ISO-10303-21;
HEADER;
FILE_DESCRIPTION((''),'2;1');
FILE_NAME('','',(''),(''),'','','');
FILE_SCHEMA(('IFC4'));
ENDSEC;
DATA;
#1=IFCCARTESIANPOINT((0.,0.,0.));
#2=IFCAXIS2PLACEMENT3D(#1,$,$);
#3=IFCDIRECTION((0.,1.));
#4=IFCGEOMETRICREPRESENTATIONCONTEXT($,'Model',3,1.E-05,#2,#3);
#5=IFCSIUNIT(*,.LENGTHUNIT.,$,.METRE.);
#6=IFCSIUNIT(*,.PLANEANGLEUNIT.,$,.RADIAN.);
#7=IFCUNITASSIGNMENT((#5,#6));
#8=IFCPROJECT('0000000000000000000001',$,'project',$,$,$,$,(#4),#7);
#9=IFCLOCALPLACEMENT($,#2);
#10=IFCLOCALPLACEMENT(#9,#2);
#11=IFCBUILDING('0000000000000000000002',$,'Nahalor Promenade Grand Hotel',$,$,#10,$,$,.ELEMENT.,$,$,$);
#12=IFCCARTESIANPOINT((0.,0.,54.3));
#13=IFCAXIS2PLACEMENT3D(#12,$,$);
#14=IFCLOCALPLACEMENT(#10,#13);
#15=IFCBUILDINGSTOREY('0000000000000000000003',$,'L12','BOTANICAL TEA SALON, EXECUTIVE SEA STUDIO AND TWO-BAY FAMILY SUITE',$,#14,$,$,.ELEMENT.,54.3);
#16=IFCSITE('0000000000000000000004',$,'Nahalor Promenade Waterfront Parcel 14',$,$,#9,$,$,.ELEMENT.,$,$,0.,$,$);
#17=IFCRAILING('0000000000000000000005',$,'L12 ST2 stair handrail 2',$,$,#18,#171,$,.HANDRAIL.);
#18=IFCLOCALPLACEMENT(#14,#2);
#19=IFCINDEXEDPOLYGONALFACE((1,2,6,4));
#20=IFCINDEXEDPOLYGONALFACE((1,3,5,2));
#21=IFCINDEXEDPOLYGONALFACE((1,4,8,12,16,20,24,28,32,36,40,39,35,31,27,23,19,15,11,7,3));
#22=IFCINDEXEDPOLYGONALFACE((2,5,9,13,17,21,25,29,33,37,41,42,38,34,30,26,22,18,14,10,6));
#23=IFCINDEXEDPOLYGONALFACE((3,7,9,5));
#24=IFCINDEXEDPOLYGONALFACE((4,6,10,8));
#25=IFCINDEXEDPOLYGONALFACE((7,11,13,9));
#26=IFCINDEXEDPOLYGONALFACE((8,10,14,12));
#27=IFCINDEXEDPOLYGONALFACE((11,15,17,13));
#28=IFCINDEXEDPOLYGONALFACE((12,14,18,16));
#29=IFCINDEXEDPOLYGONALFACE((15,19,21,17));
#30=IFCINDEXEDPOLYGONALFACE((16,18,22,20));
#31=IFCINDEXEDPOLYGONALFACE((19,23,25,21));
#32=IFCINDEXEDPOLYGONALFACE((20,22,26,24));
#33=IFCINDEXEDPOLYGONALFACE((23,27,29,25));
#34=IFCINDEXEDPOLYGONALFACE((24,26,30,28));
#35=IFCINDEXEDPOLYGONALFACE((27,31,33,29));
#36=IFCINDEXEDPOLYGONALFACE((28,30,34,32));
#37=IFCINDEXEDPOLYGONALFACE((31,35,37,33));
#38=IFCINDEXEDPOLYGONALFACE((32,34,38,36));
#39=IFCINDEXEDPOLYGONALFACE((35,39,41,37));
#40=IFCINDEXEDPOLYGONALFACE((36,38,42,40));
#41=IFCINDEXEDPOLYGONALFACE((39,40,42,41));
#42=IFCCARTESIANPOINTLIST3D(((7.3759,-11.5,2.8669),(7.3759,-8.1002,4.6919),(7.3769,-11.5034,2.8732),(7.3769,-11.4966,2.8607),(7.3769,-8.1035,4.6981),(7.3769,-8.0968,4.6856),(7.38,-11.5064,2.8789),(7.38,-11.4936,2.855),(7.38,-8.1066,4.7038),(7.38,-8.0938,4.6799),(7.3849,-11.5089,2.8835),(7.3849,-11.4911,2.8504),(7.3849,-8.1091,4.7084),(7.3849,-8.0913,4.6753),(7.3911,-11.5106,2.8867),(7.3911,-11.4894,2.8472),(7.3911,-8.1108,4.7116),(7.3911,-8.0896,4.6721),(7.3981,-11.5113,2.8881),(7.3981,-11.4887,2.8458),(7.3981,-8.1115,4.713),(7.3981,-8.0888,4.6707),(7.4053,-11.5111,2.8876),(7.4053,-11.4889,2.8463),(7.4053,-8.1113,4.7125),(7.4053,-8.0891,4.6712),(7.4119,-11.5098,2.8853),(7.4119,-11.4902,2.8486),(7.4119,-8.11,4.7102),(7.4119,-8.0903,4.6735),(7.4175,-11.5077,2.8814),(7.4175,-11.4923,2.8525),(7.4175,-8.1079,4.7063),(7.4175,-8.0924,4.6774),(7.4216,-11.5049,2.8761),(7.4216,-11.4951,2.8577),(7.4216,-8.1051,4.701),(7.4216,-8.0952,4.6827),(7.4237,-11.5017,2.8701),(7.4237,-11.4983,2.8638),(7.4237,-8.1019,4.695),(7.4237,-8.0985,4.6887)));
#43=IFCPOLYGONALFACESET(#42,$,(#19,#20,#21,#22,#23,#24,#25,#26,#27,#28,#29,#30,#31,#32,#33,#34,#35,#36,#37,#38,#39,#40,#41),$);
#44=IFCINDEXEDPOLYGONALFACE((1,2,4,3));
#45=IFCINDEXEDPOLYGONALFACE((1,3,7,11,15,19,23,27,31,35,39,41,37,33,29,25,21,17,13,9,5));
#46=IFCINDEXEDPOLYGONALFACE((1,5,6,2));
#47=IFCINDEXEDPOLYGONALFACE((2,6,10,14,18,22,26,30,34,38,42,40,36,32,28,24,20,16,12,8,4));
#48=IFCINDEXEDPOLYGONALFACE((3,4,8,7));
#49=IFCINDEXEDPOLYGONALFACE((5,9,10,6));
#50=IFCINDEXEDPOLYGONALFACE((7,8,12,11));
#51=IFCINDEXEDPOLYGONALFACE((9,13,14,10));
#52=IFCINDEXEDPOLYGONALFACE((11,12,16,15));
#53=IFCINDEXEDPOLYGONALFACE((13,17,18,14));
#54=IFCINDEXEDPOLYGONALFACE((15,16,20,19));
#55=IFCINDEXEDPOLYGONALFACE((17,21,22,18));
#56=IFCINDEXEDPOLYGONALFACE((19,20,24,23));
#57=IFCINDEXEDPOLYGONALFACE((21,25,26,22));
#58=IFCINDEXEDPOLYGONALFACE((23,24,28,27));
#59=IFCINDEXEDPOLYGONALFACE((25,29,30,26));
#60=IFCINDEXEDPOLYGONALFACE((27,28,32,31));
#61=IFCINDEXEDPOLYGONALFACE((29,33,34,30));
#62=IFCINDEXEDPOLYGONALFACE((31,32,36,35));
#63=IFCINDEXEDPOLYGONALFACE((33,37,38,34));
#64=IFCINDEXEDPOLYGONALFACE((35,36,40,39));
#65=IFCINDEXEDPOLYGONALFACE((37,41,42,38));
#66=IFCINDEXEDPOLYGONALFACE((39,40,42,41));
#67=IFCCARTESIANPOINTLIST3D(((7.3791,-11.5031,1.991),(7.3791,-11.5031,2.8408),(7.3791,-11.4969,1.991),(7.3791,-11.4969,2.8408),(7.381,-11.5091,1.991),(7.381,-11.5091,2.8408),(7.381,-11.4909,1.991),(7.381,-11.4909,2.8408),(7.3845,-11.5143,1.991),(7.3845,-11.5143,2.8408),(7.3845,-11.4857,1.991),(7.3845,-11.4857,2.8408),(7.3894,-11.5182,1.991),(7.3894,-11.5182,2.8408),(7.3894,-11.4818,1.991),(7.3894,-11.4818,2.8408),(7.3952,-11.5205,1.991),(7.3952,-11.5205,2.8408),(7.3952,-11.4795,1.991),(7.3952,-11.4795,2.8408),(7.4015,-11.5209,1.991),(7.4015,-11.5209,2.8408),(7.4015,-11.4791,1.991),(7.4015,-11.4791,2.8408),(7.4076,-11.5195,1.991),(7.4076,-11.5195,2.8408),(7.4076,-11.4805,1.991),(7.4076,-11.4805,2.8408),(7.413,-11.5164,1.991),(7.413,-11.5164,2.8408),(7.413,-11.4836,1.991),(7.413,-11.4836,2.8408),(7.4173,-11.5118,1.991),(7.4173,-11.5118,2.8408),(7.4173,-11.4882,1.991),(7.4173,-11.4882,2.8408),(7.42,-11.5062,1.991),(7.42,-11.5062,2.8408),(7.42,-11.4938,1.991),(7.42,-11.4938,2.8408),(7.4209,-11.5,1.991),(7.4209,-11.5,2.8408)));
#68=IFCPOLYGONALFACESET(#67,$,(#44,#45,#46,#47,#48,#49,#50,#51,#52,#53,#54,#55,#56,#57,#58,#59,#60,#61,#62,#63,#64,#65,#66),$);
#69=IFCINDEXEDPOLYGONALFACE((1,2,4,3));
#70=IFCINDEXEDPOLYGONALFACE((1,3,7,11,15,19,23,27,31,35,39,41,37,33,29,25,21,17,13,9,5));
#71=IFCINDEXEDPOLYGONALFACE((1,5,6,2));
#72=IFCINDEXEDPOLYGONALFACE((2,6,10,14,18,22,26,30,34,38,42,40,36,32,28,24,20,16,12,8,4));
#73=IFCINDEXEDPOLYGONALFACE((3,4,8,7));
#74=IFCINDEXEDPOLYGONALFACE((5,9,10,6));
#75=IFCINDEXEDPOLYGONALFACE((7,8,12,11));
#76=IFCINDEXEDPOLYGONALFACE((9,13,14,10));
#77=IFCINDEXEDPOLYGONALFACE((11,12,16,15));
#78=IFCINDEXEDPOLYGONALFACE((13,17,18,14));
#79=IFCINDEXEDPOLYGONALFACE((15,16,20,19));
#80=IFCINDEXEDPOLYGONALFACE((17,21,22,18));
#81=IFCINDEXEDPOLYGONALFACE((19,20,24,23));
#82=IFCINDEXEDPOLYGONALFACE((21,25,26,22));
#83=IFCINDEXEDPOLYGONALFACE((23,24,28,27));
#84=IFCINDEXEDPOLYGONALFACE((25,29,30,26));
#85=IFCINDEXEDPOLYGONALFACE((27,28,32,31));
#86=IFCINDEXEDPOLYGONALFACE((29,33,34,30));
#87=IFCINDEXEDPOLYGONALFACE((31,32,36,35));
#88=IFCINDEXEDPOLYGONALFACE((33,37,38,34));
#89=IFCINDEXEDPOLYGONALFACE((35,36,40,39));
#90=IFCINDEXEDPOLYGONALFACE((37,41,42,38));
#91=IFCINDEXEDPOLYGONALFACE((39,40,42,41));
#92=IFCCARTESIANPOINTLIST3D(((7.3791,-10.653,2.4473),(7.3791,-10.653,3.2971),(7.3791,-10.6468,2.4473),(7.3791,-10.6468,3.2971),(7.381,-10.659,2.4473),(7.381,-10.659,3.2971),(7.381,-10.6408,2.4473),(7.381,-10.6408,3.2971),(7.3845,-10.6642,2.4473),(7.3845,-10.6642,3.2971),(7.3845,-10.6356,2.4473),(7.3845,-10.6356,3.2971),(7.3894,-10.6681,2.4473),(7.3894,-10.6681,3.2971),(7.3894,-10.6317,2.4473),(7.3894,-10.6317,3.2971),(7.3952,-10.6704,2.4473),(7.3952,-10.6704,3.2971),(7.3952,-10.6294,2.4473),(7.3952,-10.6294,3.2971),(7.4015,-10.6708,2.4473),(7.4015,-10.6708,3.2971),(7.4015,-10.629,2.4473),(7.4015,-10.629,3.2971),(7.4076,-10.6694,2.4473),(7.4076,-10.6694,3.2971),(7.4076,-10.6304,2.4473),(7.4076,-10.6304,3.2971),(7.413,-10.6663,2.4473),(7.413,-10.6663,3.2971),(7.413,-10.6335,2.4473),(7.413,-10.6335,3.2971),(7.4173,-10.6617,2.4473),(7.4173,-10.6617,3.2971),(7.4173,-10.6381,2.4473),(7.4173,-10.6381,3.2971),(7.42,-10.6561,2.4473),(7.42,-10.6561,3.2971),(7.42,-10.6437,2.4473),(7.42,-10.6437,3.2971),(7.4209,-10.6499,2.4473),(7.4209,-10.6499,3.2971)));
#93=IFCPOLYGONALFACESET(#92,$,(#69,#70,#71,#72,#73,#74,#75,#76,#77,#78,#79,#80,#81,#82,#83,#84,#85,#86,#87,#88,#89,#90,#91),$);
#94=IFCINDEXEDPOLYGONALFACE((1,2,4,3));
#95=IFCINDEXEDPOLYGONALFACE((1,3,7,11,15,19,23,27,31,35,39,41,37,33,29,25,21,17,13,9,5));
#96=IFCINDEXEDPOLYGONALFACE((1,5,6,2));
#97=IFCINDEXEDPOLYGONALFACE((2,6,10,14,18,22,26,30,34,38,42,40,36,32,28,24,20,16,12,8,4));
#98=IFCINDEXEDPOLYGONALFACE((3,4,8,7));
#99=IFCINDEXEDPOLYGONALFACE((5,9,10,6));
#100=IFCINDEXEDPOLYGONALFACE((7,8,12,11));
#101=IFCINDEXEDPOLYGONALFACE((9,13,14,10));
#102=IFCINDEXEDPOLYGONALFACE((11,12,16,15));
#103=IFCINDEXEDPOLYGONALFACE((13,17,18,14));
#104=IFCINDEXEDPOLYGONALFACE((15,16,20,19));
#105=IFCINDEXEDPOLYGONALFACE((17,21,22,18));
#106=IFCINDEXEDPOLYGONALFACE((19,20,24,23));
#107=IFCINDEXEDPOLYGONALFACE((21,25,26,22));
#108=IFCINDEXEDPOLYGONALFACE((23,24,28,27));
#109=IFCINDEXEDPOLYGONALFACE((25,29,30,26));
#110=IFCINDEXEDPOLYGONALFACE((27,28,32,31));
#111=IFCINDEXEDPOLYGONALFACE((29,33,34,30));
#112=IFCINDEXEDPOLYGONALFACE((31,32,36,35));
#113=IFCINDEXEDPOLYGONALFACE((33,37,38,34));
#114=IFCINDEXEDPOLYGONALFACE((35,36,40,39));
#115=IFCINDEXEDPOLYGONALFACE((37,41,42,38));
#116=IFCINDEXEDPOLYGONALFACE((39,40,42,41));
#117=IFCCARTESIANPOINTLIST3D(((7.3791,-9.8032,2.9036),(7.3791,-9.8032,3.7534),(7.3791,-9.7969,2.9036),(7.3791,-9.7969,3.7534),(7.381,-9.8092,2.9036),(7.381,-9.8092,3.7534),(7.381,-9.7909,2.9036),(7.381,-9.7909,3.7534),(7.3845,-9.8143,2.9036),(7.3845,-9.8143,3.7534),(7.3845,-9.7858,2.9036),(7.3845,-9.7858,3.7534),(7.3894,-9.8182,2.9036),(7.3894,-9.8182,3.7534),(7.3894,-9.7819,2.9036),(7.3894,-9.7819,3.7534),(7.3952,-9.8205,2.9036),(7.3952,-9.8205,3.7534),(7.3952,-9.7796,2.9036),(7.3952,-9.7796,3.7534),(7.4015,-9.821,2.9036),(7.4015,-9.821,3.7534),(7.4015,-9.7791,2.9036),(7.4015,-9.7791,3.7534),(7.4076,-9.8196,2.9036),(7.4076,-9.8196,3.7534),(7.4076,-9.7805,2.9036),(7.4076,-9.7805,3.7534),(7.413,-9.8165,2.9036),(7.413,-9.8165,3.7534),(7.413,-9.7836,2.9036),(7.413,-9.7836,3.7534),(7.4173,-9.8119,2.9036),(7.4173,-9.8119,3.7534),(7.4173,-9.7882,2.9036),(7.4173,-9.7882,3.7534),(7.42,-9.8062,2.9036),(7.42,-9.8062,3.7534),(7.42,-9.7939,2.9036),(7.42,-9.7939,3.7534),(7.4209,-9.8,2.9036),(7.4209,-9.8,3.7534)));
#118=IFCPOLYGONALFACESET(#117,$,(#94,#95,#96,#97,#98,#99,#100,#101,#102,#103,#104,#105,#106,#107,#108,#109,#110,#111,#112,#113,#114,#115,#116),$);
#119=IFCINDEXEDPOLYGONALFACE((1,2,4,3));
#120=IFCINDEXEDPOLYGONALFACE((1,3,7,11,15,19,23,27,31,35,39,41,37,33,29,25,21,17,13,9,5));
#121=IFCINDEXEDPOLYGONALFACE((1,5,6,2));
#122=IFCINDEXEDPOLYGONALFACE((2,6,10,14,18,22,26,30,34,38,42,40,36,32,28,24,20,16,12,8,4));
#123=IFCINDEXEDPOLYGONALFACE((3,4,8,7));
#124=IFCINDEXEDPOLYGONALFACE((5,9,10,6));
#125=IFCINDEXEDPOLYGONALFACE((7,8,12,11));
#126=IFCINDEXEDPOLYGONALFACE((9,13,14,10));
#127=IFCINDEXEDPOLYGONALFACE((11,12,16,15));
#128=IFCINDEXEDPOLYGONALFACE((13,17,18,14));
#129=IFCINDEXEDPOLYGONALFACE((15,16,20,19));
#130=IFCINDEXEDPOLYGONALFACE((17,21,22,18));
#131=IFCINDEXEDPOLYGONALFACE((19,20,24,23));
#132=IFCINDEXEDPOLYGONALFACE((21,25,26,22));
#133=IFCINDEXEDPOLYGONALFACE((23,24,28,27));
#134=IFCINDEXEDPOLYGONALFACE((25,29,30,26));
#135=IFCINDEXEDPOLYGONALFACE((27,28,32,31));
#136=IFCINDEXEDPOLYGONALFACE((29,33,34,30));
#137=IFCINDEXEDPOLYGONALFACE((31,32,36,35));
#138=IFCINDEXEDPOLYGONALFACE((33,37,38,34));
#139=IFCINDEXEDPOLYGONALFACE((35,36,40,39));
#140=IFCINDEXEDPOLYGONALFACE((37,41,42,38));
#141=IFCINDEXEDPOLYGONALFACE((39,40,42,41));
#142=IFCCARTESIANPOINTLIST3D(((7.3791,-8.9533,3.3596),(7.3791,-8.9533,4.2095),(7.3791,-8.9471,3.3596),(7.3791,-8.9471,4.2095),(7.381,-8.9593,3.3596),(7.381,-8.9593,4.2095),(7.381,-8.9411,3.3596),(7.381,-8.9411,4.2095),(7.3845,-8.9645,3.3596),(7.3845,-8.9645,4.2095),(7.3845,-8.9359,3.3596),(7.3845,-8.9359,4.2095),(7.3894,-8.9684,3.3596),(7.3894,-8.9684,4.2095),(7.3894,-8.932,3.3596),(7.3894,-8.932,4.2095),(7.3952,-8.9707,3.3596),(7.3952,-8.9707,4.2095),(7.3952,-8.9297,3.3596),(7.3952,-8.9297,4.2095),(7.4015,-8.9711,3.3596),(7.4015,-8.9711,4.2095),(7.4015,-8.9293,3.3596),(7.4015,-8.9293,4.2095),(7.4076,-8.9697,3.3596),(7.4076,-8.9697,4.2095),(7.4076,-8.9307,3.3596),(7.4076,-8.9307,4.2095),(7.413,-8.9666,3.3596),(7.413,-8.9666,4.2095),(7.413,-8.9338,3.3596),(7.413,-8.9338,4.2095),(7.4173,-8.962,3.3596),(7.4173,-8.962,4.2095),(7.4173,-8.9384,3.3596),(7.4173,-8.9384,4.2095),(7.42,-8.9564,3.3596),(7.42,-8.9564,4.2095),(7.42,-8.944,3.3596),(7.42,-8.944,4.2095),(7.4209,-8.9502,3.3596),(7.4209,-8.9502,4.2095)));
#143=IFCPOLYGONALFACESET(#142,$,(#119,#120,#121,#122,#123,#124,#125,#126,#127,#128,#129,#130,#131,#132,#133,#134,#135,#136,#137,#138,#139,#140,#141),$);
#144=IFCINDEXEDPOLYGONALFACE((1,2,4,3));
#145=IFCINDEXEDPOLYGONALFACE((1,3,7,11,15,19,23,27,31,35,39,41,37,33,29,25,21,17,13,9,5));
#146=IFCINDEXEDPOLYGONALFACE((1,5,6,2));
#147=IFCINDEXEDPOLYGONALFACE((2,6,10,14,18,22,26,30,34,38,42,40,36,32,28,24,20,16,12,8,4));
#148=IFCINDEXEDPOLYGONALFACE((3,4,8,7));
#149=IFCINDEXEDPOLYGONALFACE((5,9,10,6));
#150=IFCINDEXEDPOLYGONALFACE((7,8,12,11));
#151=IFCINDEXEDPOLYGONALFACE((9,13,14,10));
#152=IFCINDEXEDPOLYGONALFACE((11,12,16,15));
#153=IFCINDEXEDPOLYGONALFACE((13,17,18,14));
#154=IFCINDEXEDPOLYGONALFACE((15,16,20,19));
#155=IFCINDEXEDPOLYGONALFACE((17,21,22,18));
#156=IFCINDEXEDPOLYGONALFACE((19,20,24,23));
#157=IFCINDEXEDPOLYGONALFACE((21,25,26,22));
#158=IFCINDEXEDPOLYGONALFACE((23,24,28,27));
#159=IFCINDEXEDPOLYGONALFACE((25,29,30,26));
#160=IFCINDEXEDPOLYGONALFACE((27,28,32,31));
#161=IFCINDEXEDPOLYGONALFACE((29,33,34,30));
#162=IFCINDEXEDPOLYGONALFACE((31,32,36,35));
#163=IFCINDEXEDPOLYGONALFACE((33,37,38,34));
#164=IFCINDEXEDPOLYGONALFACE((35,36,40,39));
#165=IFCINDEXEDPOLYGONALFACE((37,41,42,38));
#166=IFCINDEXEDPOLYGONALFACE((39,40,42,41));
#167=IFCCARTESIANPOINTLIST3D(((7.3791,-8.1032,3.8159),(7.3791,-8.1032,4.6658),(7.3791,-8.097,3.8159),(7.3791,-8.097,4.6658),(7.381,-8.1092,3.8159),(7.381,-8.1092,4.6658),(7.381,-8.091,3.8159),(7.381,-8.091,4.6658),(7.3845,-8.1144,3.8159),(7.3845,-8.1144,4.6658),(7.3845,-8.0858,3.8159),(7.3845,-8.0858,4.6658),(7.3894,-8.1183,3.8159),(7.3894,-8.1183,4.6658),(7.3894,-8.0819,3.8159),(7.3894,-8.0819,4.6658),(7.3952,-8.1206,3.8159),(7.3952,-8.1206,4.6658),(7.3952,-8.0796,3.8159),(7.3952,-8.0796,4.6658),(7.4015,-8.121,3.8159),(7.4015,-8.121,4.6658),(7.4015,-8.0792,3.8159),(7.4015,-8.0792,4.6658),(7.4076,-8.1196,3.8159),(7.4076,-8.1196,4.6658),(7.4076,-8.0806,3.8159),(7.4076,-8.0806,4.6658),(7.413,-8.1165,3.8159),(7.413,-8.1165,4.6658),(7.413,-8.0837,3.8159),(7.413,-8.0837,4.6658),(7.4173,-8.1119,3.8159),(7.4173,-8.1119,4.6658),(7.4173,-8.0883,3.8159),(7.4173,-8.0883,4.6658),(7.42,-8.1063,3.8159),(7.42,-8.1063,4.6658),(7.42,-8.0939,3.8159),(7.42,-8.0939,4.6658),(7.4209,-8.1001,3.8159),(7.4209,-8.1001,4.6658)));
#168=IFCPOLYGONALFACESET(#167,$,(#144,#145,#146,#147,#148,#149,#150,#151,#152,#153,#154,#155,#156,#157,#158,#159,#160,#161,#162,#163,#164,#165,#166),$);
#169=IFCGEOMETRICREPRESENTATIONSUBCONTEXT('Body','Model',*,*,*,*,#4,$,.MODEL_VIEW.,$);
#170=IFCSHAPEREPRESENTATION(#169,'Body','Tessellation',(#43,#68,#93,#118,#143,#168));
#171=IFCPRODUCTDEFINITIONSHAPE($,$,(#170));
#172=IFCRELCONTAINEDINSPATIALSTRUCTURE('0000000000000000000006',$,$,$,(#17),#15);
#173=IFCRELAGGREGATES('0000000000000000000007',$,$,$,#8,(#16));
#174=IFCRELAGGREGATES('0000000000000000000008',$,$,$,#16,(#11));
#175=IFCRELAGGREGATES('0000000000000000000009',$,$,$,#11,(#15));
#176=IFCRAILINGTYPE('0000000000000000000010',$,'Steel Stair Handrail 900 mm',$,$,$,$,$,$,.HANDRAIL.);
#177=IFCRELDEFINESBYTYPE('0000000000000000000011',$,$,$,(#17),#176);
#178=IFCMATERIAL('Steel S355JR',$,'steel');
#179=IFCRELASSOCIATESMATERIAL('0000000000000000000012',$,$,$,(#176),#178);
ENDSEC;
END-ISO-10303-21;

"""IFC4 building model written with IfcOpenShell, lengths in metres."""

from ifc_helpers import new_model, si_unit, direction, frame, origin, origin_2d, place, context, subcontext, project, spatial, circle, extrude, material, type_object, element, save


model = new_model("IFC4")

# Units and contexts
model_context = context("Model", 3, precision=1e-05, world=origin(), true_north=direction((0.0, 1.0)))
body_context = subcontext(model_context, "Body", "Model", "MODEL_VIEW")
ifc_project = project(units=[si_unit("LENGTHUNIT", "METRE"), si_unit("PLANEANGLEUNIT", "RADIAN")], contexts=[model_context])

# Site, building, storey
site_placement = place(None, origin())
site = spatial("IfcSite", under=ifc_project, at=site_placement, Name="Nahalor Promenade Waterfront Parcel 14", CompositionType="ELEMENT", RefElevation=0.0)
building_placement = place(site_placement, origin())
building = spatial("IfcBuilding", under=site, at=building_placement, Name="Nahalor Promenade Grand Hotel", CompositionType="ELEMENT")
storey_placement = place(building_placement, frame((0.0, 0.0, 54.3)))
storey = spatial("IfcBuildingStorey", under=building, at=storey_placement, Name="L12", Description="BOTANICAL TEA SALON, EXECUTIVE SEA STUDIO AND TWO-BAY FAMILY SUITE", CompositionType="ELEMENT", Elevation=54.3)

# Shared definitions
ifc_material_1 = material(Name="Steel S355JR", Category="steel")

# Railing
railing_type_1 = type_object("IfcRailingType", Name="Steel Stair Handrail 900 mm", PredefinedType="HANDRAIL", material=ifc_material_1)
railing_1_placement = place(storey_placement, frame((7.3999, -11.5, 1.991)))
element("IfcRailing", 1, at=railing_1_placement, inside=storey, type_object=railing_type_1, Name="L12 ST2 stair handrail 2", PredefinedType="HANDRAIL", context=body_context, shape_type="SweptSolid", body=[
    extrude(circle(Radius=0.024, at=origin_2d()), frame((0.0, 0.0, 0.876), z_axis=(0.0, 0.881094, 0.472941), x_axis=(-1.0, 0.0, 0.0)), (0.0, 0.0, 1.0), 3.8586),
    extrude(circle(Radius=0.021, at=origin_2d()), origin(), (0.0, 0.0, 1.0), 0.8499),
    extrude(circle(Radius=0.021, at=origin_2d()), frame((0.0, 0.8501, 0.4563)), (0.0, 0.0, 1.0), 0.8499),
    extrude(circle(Radius=0.021, at=origin_2d()), frame((0.0, 1.7, 0.9126)), (0.0, 0.0, 1.0), 0.8499),
    extrude(circle(Radius=0.021, at=origin_2d()), frame((0.0, 2.5498, 1.3687)), (0.0, 0.0, 1.0), 0.8499),
    extrude(circle(Radius=0.021, at=origin_2d()), frame((0.0, 3.3999, 1.825)), (0.0, 0.0, 1.0), 0.8499),
])

save(model, "model.ifc")
